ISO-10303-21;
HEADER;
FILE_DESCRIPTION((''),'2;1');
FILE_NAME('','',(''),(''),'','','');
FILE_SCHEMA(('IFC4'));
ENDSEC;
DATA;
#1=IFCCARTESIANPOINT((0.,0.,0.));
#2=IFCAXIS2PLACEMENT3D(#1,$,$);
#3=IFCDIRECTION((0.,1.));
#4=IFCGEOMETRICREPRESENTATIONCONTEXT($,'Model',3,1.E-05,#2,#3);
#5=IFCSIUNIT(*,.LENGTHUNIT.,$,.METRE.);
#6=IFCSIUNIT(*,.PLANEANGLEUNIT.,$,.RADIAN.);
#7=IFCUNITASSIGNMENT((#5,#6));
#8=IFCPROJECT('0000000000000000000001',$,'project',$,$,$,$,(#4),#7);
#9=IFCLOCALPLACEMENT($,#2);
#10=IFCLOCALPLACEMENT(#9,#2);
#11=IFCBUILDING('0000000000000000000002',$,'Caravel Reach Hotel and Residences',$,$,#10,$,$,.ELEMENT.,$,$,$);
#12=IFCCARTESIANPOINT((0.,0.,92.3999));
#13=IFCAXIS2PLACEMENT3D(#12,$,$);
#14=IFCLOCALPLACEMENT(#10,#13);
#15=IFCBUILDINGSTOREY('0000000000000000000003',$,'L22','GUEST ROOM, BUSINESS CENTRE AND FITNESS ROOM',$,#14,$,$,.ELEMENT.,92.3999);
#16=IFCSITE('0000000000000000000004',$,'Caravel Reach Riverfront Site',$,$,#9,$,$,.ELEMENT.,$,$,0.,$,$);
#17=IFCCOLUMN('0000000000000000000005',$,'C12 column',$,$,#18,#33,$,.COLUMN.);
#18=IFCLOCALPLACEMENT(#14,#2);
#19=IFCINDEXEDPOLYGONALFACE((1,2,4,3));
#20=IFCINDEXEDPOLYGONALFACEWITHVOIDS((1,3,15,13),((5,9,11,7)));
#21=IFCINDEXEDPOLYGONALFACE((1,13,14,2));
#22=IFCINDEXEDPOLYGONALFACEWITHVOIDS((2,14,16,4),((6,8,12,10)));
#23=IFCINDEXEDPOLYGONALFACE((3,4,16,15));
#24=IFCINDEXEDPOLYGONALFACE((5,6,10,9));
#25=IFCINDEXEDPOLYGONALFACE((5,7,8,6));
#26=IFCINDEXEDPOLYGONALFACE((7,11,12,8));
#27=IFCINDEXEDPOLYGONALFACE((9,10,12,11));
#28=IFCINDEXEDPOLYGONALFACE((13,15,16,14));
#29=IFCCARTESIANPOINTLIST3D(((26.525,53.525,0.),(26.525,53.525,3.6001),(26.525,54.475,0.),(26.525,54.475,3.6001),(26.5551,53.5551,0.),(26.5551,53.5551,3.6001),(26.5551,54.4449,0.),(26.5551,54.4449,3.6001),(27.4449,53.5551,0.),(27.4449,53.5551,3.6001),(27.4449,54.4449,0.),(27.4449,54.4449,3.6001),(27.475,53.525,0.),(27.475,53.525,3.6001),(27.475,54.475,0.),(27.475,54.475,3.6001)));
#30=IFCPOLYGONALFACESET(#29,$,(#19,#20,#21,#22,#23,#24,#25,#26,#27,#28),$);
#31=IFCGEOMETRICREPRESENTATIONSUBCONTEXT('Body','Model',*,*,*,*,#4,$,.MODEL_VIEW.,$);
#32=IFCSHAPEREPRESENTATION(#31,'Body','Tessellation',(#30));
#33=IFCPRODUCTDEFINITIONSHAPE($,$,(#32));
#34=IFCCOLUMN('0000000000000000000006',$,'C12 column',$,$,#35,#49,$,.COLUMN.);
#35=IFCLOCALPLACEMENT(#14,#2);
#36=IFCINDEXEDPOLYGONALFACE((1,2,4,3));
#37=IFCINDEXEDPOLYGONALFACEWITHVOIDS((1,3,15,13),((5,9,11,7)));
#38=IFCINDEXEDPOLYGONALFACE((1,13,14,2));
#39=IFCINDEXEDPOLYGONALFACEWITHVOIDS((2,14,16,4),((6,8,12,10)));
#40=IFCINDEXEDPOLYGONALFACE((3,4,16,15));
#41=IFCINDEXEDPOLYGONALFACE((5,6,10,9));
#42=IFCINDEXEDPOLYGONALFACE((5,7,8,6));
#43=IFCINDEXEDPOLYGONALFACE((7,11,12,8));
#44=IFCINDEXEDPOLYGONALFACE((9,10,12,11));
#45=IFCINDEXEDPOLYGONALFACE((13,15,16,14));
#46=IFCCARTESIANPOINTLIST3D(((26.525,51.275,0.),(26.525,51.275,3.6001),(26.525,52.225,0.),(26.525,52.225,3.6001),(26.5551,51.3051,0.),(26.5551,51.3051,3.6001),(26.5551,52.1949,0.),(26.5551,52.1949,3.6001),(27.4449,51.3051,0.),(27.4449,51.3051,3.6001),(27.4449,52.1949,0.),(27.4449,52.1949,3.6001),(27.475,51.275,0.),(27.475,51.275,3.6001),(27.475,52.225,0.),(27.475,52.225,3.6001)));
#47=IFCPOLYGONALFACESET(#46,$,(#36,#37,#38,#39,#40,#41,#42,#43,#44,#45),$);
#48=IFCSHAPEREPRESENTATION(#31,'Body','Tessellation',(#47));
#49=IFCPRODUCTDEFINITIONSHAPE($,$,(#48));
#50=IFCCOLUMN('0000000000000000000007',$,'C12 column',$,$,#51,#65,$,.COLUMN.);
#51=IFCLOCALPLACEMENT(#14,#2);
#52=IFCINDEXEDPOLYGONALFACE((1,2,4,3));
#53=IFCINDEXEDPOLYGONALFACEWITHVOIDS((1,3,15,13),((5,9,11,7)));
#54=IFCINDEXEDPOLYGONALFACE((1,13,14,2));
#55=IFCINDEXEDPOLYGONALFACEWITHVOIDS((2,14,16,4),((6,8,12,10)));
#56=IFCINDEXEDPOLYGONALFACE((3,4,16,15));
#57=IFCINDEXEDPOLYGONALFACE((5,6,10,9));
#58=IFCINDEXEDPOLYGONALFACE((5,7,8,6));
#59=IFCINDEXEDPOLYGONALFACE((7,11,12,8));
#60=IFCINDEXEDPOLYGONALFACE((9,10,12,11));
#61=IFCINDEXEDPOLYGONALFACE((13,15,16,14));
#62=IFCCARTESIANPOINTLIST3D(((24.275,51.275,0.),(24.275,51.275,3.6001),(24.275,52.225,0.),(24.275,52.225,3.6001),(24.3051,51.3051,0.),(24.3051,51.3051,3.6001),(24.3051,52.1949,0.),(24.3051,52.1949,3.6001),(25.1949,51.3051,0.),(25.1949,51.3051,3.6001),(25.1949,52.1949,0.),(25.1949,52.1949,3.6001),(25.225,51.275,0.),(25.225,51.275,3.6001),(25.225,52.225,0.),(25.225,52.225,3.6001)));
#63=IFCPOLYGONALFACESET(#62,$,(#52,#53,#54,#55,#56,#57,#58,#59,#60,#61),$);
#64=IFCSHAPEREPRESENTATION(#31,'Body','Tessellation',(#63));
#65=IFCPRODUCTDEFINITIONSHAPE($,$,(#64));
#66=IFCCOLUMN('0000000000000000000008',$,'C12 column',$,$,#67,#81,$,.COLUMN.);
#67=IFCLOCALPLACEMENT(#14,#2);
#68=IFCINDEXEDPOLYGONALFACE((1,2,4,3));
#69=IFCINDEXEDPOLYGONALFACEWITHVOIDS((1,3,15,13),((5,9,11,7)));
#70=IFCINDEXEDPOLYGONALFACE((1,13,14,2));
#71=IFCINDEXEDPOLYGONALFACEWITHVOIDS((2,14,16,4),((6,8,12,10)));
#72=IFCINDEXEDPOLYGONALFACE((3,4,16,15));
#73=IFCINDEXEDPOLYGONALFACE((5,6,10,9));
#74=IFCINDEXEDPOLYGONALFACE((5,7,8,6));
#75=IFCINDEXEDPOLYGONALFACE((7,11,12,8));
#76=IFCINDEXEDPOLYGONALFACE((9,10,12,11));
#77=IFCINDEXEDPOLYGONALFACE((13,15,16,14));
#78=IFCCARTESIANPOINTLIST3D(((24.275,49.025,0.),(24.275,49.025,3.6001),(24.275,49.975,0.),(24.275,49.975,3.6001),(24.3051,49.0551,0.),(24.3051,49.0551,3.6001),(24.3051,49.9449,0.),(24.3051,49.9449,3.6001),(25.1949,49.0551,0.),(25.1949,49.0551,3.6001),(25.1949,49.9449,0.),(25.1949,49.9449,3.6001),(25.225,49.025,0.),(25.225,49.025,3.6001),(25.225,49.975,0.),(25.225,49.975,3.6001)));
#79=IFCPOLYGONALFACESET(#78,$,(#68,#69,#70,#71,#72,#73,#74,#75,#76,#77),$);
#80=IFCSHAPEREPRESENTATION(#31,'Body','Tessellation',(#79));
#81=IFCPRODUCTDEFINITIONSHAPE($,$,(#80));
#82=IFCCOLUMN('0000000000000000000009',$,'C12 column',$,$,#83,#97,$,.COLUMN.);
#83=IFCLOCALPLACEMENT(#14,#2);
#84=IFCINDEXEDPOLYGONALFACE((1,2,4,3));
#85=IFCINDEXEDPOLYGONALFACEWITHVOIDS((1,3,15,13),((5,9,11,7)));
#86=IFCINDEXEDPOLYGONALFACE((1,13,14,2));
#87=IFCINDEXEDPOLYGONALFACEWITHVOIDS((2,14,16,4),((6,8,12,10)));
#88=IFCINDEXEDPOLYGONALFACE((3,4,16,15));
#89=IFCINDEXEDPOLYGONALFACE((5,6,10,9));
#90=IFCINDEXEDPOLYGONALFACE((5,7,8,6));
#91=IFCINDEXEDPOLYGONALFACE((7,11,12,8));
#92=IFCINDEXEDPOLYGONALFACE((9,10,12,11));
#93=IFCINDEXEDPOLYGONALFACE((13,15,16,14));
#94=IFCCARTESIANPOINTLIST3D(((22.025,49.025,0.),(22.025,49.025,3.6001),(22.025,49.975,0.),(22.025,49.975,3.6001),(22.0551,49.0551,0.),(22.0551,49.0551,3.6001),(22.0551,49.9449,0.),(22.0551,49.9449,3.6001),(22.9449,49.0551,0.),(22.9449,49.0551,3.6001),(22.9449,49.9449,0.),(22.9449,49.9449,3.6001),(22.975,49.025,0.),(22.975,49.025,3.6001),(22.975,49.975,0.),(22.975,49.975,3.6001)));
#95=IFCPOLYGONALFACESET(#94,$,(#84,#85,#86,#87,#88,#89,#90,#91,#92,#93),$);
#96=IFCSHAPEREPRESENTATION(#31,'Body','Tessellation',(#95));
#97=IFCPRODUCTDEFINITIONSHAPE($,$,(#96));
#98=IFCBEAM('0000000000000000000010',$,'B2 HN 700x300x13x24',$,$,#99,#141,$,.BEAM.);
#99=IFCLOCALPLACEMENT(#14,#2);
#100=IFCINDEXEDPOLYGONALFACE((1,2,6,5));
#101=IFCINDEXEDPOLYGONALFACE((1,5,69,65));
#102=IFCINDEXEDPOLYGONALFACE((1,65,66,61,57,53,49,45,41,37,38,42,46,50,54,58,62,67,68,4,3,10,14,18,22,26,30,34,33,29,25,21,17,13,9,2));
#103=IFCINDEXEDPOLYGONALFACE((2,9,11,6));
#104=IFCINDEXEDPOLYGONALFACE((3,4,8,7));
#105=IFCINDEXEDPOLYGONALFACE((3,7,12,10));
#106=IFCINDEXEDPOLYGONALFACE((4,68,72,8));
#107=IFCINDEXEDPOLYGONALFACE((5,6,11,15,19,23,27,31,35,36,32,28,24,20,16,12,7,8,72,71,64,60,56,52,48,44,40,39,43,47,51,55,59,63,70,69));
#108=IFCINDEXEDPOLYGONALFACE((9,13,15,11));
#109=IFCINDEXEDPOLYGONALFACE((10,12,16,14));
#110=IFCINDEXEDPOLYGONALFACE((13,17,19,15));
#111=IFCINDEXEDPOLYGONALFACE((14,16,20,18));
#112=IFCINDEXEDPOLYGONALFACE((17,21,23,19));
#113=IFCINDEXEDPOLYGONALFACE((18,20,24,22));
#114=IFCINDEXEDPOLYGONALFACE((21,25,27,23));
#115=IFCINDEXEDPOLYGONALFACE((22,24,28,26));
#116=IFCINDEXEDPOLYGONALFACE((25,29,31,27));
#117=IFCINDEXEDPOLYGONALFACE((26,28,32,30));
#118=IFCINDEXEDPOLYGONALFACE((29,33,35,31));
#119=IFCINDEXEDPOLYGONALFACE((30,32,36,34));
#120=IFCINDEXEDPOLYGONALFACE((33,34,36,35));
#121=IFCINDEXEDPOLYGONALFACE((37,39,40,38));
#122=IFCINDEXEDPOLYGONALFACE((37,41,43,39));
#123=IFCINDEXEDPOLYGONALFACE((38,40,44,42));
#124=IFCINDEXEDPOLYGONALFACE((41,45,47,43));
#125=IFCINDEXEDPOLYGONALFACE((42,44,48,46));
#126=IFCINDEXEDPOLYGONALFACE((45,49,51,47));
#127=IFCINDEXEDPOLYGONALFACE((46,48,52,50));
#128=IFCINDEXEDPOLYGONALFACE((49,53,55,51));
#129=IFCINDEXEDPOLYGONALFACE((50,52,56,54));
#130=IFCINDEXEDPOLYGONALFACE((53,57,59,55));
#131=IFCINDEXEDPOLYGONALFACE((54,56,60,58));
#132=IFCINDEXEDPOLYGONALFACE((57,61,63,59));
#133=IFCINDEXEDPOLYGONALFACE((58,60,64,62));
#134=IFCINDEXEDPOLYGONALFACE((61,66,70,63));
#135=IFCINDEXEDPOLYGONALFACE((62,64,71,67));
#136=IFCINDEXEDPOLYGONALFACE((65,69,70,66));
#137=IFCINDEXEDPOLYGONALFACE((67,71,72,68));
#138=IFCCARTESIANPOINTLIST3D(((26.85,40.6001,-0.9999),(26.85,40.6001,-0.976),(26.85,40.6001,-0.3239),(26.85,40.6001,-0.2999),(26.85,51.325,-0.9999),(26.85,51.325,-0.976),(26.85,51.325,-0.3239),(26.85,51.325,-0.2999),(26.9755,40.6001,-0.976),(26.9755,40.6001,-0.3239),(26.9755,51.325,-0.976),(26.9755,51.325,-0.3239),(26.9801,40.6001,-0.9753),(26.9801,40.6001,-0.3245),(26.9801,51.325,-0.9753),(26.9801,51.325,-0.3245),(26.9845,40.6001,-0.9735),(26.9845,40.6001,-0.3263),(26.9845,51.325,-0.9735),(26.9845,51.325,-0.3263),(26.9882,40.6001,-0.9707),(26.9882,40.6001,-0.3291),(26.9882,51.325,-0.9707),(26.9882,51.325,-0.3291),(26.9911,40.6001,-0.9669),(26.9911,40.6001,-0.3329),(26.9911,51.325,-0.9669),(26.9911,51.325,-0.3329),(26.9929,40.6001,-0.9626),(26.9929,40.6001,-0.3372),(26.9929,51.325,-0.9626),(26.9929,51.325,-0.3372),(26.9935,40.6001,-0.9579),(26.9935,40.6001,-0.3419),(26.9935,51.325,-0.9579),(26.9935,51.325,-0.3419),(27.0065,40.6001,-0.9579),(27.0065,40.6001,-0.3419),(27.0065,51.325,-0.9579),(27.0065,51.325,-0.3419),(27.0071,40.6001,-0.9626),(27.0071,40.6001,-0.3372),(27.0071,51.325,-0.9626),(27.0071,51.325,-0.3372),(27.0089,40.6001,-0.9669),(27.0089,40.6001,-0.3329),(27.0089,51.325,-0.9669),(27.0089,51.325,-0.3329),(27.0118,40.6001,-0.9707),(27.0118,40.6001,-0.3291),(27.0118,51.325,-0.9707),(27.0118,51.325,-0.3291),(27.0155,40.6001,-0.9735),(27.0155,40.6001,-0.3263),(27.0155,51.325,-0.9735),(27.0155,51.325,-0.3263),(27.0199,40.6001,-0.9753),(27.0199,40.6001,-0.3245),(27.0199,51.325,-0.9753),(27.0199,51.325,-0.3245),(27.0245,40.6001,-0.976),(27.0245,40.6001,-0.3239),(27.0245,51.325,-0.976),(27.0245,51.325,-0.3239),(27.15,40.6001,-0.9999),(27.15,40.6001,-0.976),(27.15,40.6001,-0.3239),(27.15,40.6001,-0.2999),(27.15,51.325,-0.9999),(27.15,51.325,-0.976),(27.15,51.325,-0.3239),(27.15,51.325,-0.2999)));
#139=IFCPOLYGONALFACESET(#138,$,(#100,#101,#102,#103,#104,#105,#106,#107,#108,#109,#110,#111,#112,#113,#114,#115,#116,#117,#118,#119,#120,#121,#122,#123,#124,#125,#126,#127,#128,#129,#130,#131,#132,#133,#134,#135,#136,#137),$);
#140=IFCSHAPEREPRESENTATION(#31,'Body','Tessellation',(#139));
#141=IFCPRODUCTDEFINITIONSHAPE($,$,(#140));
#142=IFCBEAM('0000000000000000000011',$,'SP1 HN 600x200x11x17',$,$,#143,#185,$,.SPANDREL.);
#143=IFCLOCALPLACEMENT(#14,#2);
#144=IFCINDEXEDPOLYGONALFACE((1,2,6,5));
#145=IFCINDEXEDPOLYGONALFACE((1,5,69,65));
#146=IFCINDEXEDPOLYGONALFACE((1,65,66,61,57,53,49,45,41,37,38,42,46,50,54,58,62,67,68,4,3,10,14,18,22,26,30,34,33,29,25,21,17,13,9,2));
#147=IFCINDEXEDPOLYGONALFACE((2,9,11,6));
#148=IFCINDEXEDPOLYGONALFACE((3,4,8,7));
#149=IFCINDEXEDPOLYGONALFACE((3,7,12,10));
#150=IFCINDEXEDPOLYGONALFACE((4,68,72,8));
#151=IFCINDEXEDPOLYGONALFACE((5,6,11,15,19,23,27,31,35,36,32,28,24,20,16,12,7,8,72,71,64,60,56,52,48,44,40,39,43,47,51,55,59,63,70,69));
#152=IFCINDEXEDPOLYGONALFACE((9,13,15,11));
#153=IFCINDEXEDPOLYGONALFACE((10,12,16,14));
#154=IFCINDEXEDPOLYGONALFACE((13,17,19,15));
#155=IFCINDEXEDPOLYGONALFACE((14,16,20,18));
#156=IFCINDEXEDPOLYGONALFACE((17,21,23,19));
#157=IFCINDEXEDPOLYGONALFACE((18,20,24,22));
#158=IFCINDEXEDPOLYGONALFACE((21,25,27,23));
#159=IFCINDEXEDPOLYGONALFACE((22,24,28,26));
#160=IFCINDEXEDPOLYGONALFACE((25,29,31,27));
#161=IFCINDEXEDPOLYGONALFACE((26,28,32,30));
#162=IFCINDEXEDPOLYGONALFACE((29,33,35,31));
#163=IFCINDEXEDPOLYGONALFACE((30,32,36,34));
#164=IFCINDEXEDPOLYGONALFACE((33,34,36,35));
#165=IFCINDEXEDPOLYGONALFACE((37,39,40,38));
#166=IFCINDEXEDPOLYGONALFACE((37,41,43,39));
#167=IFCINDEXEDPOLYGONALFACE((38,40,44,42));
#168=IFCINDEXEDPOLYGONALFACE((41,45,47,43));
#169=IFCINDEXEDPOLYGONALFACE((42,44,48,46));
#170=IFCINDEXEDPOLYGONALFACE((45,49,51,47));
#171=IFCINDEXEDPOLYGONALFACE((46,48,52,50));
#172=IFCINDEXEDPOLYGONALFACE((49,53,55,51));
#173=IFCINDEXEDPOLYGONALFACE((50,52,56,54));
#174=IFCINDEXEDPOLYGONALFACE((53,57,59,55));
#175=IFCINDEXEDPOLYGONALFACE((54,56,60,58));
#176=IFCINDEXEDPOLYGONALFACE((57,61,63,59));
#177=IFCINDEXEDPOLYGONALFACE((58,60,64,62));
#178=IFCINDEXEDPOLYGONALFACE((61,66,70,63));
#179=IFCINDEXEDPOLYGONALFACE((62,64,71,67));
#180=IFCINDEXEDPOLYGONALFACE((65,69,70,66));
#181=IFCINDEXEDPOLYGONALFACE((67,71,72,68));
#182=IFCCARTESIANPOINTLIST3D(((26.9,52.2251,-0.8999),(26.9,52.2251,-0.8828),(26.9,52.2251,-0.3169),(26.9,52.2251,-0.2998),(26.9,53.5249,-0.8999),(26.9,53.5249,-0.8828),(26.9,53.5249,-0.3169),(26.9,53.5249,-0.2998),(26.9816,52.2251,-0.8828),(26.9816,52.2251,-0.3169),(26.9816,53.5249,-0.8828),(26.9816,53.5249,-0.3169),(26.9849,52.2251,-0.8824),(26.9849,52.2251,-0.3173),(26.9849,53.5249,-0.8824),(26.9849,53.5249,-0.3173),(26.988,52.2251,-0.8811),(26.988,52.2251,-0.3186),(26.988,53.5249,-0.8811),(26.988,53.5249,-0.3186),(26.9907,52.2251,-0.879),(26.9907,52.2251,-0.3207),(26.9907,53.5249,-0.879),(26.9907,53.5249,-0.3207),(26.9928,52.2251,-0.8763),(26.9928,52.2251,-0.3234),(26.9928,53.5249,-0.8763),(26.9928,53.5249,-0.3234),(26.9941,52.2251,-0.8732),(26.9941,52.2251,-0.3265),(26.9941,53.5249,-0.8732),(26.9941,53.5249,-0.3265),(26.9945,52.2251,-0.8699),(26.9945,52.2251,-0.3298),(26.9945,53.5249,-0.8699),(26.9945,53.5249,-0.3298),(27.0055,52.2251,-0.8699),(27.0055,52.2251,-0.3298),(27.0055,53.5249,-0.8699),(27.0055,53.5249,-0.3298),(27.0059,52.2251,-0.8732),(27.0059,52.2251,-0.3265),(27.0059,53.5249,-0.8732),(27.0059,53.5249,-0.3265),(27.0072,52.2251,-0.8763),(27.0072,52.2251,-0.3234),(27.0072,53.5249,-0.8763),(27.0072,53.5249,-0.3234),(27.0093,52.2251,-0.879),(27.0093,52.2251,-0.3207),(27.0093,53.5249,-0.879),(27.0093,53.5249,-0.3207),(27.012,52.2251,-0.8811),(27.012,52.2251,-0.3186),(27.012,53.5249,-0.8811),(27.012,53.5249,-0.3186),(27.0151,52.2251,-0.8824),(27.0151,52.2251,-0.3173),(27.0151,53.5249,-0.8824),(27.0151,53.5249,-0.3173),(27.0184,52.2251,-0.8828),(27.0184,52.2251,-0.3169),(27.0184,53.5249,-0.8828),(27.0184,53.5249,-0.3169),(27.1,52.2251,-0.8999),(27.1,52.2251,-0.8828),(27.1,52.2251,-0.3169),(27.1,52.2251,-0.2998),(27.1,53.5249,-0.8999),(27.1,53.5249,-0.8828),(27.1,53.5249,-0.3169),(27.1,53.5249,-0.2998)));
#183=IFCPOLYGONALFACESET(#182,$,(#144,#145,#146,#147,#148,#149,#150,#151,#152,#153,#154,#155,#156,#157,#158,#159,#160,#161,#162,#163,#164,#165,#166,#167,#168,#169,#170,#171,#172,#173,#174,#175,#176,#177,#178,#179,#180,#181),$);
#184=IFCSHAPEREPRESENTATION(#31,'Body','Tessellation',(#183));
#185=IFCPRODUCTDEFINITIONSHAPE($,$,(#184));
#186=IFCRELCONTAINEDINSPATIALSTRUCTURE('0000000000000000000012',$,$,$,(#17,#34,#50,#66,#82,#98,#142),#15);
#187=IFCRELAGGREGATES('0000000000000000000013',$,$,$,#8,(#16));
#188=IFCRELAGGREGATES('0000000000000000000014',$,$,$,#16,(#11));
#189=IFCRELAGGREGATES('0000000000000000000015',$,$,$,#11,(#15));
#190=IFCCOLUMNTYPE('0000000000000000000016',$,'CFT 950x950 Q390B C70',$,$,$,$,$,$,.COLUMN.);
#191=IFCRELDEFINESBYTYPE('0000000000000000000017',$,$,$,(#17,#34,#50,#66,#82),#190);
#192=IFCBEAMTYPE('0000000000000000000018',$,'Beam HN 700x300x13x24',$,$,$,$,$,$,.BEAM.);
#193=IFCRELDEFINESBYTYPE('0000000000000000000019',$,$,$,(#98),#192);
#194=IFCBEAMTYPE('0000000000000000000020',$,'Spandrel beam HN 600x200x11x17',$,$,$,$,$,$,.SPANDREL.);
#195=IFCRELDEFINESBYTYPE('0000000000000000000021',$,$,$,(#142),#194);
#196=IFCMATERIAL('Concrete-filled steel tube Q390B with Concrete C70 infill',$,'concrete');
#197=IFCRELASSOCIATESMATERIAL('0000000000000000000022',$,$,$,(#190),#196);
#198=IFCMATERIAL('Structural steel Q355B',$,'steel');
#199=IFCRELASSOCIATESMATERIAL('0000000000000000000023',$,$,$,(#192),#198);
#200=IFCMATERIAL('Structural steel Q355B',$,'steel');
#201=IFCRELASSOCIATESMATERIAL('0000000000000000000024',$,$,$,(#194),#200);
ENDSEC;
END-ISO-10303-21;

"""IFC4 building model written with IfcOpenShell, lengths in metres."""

from ifc_helpers import new_model, si_unit, direction, frame, origin, origin_2d, place, context, subcontext, project, spatial, hollow_rectangle, i_section, extrude, material, material_profile, profile_set, type_object, element, save


model = new_model("IFC4")

# Units and contexts
model_context = context("Model", 3, precision=1e-05, world=origin(), true_north=direction((0.0, 1.0)))
body_context = subcontext(model_context, "Body", "Model", "MODEL_VIEW")
ifc_project = project(units=[si_unit("LENGTHUNIT", "METRE"), si_unit("PLANEANGLEUNIT", "RADIAN")], contexts=[model_context])

# Site, building, storey
site_placement = place(None, origin())
site = spatial("IfcSite", under=ifc_project, at=site_placement, Name="Caravel Reach Riverfront Site", CompositionType="ELEMENT", RefElevation=0.0)
building_placement = place(site_placement, origin())
building = spatial("IfcBuilding", under=site, at=building_placement, Name="Caravel Reach Hotel and Residences", CompositionType="ELEMENT")
storey_placement = place(building_placement, frame((0.0, 0.0, 92.3999)))
storey = spatial("IfcBuildingStorey", under=building, at=storey_placement, Name="L22", Description="GUEST ROOM, BUSINESS CENTRE AND FITNESS ROOM", CompositionType="ELEMENT", Elevation=92.3999)

# Columns
ifc_material_1 = material(Name="Concrete-filled steel tube Q390B with Concrete C70 infill", Category="concrete")
ifc_material_profile_1 = material_profile(ifc_material_1, hollow_rectangle(XDim=0.95, YDim=0.95, WallThickness=0.03, at=origin_2d()), Name="RHS 950x950x30")
ifc_profile_set_1 = profile_set([ifc_material_profile_1], Name="Concrete-filled steel tube Q390B with Concrete C70 infill")
column_type = type_object("IfcColumnType", Name="CFT 950x950 Q390B C70", PredefinedType="COLUMN", material=ifc_profile_set_1)
for number, where, z_axis, x_axis, name in (
    (1, (27.0, 54.0, 0.0), (0.0, 0.0, 1.0), (1.0, 0.0, 0.0), "C12 column"),
    (2, (27.0, 51.75, 0.0), (0.0, 0.0, 1.0), (1.0, 0.0, 0.0), "C12 column"),
    (3, (24.75, 51.75, 0.0), (0.0, 0.0, 1.0), (1.0, 0.0, 0.0), "C12 column"),
    (4, (24.75, 49.5, 0.0), (0.0, 0.0, 1.0), (1.0, 0.0, 0.0), "C12 column"),
    (5, (22.5, 49.5, 0.0), (0.0, 0.0, 1.0), (1.0, 0.0, 0.0), "C12 column"),
):
    element("IfcColumn", number, at=place(storey_placement, frame(where, z_axis=z_axis, x_axis=x_axis)), inside=storey, type_object=column_type, Name=name, PredefinedType="COLUMN", context=body_context, shape_type="SweptSolid", body=[
        extrude(hollow_rectangle(XDim=0.95, YDim=0.95, WallThickness=0.03, at=origin_2d()), origin(), (0.0, 0.0, 1.0), 3.6001),
    ])

# Beams
ifc_material_2 = material(Name="Structural steel Q355B", Category="steel")
ifc_material_profile_2 = material_profile(ifc_material_2, i_section(OverallWidth=0.3, OverallDepth=0.7, WebThickness=0.0129, FlangeThickness=0.0239, FilletRadius=0.0181, at=origin_2d()), Name="HN 700x300x13x24")
ifc_profile_set_2 = profile_set([ifc_material_profile_2], Name="Structural steel Q355B")
beam_type_1 = type_object("IfcBeamType", Name="Beam HN 700x300x13x24", PredefinedType="BEAM", material=ifc_profile_set_2)
beam_1_placement = place(storey_placement, frame((27.0, 40.6001, -0.6499), z_axis=(0.0, 1.0, 0.0), x_axis=(-1.0, 0.0, 0.0)))
element("IfcBeam", 6, at=beam_1_placement, inside=storey, type_object=beam_type_1, Name="B2 HN 700x300x13x24", PredefinedType="BEAM", context=body_context, shape_type="SweptSolid", body=[
    extrude(i_section(OverallWidth=0.3, OverallDepth=0.7, WebThickness=0.0129, FlangeThickness=0.0239, FilletRadius=0.0181, at=origin_2d()), origin(), (0.0, 0.0, 1.0), 10.7249),
])
ifc_material_3 = material(Name="Structural steel Q355B", Category="steel")
ifc_material_profile_3 = material_profile(ifc_material_3, i_section(OverallWidth=0.2, OverallDepth=0.6001, WebThickness=0.011, FlangeThickness=0.0171, FilletRadius=0.0129, at=origin_2d()), Name="HN 600x200x11x17")
ifc_profile_set_3 = profile_set([ifc_material_profile_3], Name="Structural steel Q355B")
beam_type_2 = type_object("IfcBeamType", Name="Spandrel beam HN 600x200x11x17", PredefinedType="SPANDREL", material=ifc_profile_set_3)
for number, where, z_axis, x_axis, name in (
    (7, (27.0, 53.5249, -0.5999), (0.0, -1.0, 0.0), (1.0, 0.0, 0.0), "SP1 HN 600x200x11x17"),
):
    element("IfcBeam", number, at=place(storey_placement, frame(where, z_axis=z_axis, x_axis=x_axis)), inside=storey, type_object=beam_type_2, Name=name, PredefinedType="SPANDREL", context=body_context, shape_type="SweptSolid", body=[
        extrude(i_section(OverallWidth=0.2, OverallDepth=0.6001, WebThickness=0.011, FlangeThickness=0.0171, FilletRadius=0.0129, at=origin_2d()), origin(), (0.0, 0.0, 1.0), 1.2998),
    ])

save(model, "model.ifc")
